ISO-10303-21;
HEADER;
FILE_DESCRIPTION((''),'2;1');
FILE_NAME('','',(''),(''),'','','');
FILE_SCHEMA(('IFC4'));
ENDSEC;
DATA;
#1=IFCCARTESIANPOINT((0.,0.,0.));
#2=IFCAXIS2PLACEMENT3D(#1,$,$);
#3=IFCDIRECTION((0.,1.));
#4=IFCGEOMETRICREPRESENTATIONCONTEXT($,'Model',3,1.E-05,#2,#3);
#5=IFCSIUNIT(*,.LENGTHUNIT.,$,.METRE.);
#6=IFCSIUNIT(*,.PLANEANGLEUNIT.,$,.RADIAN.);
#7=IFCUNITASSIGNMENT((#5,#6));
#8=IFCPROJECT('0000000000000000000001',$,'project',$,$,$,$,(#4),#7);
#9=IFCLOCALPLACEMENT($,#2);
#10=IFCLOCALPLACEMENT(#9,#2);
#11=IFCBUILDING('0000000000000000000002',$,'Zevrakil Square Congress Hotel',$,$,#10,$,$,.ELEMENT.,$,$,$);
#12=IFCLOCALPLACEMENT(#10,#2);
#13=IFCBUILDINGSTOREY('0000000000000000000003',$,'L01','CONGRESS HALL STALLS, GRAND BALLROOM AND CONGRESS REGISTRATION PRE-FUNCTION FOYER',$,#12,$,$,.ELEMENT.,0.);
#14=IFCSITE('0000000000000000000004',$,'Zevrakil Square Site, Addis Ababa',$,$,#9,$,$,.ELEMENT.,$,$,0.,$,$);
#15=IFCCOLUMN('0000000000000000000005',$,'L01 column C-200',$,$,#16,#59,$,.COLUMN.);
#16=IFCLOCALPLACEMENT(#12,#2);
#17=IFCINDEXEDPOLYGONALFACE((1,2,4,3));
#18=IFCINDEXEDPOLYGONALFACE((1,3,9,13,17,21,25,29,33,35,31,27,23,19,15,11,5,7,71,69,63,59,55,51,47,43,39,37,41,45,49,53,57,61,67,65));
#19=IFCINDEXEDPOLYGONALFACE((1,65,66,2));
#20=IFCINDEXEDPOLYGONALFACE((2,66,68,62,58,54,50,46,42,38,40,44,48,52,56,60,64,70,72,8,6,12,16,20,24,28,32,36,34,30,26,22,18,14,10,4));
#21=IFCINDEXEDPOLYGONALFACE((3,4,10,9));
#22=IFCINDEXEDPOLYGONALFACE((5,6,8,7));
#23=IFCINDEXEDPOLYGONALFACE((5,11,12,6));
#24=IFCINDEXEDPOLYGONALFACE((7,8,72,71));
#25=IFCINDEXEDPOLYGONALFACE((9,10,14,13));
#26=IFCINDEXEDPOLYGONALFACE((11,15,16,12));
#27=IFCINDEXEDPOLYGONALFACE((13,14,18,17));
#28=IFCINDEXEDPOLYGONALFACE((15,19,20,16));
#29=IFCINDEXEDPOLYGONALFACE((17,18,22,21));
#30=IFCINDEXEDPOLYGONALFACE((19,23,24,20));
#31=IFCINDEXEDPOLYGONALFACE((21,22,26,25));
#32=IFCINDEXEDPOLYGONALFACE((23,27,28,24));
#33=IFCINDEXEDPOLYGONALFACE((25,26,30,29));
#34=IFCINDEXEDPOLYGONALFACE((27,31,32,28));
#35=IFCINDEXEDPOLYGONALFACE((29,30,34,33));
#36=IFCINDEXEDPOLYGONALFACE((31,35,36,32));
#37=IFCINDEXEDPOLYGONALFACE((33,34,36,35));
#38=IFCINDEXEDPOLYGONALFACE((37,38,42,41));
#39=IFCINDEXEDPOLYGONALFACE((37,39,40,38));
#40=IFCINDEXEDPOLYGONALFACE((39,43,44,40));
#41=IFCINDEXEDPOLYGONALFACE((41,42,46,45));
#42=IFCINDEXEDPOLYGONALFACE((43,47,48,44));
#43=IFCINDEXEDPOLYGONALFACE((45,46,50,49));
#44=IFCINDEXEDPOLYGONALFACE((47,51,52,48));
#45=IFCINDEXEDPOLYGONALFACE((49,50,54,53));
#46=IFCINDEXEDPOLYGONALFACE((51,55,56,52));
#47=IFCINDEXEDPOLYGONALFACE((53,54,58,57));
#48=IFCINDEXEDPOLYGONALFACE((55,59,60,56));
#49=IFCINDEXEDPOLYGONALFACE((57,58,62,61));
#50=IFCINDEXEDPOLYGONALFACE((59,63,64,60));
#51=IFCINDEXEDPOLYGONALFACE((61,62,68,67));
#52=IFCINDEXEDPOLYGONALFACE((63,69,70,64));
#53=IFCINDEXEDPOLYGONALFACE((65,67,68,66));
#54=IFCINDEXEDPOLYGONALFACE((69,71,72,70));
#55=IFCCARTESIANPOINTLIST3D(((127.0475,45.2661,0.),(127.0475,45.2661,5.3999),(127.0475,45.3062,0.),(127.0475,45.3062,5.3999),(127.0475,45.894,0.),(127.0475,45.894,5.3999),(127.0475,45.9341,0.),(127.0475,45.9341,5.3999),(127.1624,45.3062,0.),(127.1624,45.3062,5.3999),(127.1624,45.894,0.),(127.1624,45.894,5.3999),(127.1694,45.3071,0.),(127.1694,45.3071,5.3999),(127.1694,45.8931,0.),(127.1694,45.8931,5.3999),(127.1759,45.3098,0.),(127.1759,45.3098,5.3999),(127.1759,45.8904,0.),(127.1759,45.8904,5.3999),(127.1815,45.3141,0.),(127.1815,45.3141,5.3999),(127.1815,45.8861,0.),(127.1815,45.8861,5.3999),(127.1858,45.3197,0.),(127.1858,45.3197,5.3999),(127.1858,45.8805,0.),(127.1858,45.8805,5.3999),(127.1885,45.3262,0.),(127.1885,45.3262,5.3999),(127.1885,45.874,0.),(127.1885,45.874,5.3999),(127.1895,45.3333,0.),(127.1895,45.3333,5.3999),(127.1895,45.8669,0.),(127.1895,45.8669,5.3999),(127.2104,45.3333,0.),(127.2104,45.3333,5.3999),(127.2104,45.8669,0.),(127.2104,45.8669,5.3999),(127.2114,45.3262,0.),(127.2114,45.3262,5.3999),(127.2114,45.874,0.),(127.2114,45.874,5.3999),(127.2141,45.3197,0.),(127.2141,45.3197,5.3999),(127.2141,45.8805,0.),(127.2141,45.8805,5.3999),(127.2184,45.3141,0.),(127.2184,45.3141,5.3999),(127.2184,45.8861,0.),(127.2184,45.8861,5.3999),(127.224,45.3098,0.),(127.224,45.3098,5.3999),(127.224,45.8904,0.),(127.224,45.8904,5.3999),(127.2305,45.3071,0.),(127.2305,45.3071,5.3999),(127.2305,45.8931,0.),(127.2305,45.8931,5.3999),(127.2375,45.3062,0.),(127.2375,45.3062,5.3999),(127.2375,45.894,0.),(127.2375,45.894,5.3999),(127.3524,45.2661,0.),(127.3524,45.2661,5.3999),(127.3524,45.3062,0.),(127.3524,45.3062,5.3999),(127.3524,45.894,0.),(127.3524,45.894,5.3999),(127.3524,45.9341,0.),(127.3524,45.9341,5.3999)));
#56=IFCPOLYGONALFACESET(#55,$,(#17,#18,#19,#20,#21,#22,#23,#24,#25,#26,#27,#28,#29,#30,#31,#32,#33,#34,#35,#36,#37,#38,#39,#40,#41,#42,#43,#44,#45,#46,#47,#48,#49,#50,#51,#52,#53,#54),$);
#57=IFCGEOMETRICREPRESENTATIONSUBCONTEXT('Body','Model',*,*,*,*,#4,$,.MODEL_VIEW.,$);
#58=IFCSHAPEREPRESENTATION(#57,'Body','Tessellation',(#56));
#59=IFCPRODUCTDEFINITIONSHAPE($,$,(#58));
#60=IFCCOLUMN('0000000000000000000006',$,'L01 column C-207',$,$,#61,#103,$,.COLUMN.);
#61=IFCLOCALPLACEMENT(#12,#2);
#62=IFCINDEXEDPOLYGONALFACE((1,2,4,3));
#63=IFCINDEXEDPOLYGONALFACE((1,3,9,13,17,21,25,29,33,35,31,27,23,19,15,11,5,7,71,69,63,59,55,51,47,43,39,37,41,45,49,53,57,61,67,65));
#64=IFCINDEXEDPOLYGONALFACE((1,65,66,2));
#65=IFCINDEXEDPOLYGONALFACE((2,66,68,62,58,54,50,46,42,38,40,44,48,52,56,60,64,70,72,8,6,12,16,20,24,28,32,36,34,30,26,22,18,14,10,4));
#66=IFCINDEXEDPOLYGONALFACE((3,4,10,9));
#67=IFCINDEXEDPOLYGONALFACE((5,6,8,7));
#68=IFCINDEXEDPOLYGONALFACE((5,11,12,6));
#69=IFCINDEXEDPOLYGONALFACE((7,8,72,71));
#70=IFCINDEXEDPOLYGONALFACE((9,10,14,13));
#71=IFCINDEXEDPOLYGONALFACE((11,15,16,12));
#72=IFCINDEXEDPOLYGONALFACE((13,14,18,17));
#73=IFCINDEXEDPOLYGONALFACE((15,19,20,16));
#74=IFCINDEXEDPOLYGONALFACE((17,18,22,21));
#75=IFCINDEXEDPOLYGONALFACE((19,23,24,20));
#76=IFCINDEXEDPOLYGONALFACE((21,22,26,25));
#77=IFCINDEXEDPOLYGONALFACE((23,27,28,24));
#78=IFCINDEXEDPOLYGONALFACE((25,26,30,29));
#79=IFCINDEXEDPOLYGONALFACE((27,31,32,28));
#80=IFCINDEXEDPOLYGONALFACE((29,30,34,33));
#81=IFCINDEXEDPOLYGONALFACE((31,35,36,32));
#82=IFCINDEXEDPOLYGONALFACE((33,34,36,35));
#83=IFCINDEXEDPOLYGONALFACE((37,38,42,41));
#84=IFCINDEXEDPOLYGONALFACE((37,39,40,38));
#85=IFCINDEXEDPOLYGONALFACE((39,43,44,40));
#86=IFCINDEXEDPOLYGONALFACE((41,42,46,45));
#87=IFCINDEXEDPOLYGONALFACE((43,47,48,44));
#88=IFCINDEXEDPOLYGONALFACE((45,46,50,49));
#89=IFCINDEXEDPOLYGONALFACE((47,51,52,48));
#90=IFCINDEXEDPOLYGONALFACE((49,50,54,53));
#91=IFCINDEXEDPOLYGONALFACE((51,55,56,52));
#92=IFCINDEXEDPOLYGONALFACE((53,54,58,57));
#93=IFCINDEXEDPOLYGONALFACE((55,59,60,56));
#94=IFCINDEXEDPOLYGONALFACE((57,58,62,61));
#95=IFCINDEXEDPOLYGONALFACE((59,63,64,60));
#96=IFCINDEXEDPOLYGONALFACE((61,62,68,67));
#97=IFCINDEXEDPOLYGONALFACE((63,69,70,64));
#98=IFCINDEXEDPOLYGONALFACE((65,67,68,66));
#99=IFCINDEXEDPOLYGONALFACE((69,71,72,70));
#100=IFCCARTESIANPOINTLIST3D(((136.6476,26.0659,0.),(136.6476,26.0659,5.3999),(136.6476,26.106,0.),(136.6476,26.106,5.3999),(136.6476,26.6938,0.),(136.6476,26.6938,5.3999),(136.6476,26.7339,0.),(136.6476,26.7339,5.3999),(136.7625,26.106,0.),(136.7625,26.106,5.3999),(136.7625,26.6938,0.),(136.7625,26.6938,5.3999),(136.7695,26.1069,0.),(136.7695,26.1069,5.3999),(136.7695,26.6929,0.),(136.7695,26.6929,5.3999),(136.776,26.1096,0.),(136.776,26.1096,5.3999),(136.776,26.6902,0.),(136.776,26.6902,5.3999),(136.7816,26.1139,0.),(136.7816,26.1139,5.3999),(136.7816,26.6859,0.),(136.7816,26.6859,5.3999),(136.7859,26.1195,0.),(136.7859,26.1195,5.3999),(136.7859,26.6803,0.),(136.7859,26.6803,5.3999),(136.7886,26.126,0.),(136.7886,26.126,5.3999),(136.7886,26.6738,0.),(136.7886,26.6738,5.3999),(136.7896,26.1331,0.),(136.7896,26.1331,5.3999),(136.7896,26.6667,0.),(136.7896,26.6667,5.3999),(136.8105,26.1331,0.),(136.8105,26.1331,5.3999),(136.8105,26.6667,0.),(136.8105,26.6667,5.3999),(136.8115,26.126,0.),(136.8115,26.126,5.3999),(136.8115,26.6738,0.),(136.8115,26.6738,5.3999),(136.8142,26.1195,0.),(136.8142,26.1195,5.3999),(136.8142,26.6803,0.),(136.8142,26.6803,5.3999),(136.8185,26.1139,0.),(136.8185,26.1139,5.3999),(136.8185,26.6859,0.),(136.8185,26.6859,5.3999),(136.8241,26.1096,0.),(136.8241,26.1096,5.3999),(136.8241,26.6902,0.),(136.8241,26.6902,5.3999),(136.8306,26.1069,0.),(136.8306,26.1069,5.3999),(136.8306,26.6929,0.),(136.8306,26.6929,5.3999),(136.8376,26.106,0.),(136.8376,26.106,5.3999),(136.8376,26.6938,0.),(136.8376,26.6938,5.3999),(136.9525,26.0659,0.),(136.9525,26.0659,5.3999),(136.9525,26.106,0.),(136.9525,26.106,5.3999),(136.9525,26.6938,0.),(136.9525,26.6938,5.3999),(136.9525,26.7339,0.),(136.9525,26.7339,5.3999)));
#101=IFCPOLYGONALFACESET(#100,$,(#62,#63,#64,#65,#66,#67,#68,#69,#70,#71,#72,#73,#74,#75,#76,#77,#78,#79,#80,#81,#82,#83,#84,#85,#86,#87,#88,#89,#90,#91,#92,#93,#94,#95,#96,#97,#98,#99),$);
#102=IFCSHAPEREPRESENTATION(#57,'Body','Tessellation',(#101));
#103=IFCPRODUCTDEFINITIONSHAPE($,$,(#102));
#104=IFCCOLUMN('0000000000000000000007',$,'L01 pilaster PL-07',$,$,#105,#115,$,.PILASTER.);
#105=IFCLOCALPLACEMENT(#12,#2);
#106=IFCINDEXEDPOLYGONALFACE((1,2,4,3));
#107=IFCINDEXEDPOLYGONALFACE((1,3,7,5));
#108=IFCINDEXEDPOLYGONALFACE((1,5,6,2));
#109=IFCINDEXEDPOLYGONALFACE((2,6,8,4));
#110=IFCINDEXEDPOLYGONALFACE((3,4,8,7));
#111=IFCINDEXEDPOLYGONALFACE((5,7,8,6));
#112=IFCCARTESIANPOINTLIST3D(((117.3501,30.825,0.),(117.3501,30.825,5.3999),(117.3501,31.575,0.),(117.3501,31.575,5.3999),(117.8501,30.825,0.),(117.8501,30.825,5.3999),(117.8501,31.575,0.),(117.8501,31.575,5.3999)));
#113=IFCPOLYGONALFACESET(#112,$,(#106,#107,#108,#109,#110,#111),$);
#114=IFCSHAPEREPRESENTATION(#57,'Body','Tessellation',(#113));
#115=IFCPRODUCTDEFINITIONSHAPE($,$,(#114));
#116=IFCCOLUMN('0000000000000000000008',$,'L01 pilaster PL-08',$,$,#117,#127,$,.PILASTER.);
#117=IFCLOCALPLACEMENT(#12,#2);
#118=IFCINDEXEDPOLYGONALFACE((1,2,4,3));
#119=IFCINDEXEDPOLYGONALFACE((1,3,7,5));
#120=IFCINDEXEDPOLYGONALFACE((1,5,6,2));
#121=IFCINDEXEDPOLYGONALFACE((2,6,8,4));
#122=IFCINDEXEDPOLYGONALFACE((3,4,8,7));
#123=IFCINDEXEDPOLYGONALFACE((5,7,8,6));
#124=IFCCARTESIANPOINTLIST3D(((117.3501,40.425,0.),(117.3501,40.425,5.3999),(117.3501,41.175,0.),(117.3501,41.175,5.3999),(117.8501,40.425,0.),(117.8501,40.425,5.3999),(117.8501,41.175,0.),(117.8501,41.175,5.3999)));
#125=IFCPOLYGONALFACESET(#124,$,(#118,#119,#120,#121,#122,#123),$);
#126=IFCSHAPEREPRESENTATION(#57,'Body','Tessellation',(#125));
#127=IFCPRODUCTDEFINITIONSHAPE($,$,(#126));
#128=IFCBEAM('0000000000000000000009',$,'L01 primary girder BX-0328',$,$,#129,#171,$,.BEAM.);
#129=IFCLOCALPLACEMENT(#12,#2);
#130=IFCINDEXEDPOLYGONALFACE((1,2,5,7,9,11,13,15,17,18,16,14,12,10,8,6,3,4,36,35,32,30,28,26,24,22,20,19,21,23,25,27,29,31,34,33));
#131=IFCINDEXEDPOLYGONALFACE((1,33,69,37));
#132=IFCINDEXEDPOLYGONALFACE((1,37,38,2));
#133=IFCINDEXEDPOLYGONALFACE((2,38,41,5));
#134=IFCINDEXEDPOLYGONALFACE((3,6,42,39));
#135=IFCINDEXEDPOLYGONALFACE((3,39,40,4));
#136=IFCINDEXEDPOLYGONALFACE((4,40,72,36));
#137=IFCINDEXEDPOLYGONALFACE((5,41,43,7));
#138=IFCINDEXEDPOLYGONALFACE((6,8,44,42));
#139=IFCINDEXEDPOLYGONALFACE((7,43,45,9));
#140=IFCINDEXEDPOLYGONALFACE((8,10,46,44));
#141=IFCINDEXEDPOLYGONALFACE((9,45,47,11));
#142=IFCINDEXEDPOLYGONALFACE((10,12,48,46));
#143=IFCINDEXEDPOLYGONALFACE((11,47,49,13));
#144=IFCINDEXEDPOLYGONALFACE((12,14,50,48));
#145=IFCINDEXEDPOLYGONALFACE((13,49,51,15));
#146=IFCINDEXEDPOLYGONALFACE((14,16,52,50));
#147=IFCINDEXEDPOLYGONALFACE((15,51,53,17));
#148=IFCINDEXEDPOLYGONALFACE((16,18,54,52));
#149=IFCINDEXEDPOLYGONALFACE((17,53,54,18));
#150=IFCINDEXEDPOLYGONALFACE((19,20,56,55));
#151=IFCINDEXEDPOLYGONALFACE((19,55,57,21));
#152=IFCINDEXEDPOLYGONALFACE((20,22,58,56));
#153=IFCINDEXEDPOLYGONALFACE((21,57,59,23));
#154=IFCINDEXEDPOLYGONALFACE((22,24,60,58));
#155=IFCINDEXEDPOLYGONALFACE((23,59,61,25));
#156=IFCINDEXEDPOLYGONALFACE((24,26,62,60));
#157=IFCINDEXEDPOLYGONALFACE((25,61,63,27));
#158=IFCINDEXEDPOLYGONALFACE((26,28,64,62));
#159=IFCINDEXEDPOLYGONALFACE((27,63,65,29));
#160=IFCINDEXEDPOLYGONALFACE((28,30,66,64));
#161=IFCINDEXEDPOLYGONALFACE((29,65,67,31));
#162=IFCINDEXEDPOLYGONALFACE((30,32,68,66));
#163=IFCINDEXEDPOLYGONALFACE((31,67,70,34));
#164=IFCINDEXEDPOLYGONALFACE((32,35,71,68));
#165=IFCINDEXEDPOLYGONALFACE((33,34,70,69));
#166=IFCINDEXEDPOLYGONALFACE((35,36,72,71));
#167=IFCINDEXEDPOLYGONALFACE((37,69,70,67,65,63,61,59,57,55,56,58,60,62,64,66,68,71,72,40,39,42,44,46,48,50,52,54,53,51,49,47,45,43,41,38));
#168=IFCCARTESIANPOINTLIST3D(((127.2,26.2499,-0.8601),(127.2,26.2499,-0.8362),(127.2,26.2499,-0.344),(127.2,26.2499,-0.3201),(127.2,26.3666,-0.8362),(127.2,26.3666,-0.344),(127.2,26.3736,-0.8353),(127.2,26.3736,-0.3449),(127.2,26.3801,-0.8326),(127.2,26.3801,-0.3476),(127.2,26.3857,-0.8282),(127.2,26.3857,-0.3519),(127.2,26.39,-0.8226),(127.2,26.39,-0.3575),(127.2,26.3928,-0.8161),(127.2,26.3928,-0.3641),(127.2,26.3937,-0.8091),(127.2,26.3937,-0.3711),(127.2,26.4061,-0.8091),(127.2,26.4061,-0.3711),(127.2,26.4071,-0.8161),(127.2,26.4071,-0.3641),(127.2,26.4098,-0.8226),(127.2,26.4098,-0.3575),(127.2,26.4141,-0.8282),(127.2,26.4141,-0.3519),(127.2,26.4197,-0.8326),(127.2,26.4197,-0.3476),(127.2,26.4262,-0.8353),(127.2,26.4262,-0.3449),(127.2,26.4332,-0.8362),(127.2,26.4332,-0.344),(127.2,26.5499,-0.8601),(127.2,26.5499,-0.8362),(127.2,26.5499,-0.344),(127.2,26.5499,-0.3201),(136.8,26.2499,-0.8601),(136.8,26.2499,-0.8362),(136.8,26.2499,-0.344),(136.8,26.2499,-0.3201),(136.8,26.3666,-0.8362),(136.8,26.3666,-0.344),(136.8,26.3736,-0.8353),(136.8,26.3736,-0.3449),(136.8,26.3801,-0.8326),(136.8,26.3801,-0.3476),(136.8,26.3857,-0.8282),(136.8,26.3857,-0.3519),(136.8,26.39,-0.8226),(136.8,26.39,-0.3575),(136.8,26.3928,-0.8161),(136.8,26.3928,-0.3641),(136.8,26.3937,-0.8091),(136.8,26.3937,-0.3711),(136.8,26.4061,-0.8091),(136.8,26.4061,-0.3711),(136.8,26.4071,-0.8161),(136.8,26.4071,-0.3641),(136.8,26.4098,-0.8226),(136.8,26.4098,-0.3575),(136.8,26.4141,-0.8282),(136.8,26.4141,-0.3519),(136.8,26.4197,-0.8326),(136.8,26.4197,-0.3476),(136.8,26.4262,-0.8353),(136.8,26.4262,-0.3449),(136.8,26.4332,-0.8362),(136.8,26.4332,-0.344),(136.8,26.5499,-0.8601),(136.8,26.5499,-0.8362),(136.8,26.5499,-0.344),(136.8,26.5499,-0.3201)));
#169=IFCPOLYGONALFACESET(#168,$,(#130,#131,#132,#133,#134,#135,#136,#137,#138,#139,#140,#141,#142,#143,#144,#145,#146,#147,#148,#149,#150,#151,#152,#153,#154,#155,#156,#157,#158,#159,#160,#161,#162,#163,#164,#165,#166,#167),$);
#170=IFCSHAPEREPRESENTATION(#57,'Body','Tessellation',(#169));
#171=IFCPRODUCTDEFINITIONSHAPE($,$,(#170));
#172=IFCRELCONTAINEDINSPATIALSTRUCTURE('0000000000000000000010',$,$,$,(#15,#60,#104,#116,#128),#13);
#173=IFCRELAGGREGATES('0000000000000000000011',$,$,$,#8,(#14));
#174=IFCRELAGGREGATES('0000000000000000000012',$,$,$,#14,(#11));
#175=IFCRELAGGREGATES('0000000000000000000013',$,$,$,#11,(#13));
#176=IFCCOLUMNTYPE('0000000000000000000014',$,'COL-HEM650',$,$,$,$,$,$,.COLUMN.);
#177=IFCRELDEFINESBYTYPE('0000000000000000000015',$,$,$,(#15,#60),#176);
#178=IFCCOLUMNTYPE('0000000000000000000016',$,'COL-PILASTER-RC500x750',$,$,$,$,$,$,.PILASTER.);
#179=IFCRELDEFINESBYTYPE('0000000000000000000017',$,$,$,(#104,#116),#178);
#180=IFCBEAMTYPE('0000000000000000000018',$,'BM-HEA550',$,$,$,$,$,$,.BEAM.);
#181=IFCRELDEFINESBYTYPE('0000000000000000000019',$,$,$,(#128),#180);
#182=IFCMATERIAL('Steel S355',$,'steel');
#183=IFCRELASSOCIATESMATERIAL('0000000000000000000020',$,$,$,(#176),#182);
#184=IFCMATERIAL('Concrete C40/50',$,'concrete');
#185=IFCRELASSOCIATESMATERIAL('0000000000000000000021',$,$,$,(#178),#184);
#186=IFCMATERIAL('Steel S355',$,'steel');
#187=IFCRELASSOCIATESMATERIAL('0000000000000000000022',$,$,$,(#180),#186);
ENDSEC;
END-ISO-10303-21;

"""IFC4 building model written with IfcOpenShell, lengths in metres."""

from ifc_helpers import new_model, si_unit, direction, frame, origin, origin_2d, place, context, subcontext, project, spatial, rectangle, i_section, extrude, material, material_profile, profile_set, type_object, element, save


model = new_model("IFC4")

# Units and contexts
model_context = context("Model", 3, precision=1e-05, world=origin(), true_north=direction((0.0, 1.0)))
body_context = subcontext(model_context, "Body", "Model", "MODEL_VIEW")
ifc_project = project(units=[si_unit("LENGTHUNIT", "METRE"), si_unit("PLANEANGLEUNIT", "RADIAN")], contexts=[model_context])

# Site, building, storey
site_placement = place(None, origin())
site = spatial("IfcSite", under=ifc_project, at=site_placement, Name="Zevrakil Square Site, Addis Ababa", CompositionType="ELEMENT", RefElevation=0.0)
building_placement = place(site_placement, origin())
building = spatial("IfcBuilding", under=site, at=building_placement, Name="Zevrakil Square Congress Hotel", CompositionType="ELEMENT")
storey_placement = place(building_placement, origin())
storey = spatial("IfcBuildingStorey", under=building, at=storey_placement, Name="L01", Description="CONGRESS HALL STALLS, GRAND BALLROOM AND CONGRESS REGISTRATION PRE-FUNCTION FOYER", CompositionType="ELEMENT", Elevation=0.0)

# Columns
ifc_material_1 = material(Name="Steel S355", Category="steel")
ifc_material_profile_1 = material_profile(ifc_material_1, i_section(OverallWidth=0.3049, OverallDepth=0.668, WebThickness=0.021, FlangeThickness=0.04, FilletRadius=0.0271, at=origin_2d()), Name="HEM 650")
ifc_profile_set_1 = profile_set([ifc_material_profile_1], Name="Steel S355")
column_type_1 = type_object("IfcColumnType", Name="COL-HEM650", PredefinedType="COLUMN", material=ifc_profile_set_1)
for number, where, z_axis, x_axis, name in (
    (1, (127.2, 45.6001, 0.0), (0.0, 0.0, 1.0), (1.0, 0.0, 0.0), "L01 column C-200"),
    (2, (136.8, 26.3999, 0.0), (0.0, 0.0, 1.0), (1.0, 0.0, 0.0), "L01 column C-207"),
):
    element("IfcColumn", number, at=place(storey_placement, frame(where, z_axis=z_axis, x_axis=x_axis)), inside=storey, type_object=column_type_1, Name=name, PredefinedType="COLUMN", context=body_context, shape_type="SweptSolid", body=[
        extrude(i_section(OverallWidth=0.3049, OverallDepth=0.668, WebThickness=0.021, FlangeThickness=0.04, FilletRadius=0.0271, at=origin_2d()), origin(), (0.0, 0.0, 1.0), 5.3999),
    ])
ifc_material_2 = material(Name="Concrete C40/50", Category="concrete")
ifc_material_profile_2 = material_profile(ifc_material_2, rectangle(XDim=0.5, YDim=0.75, at=origin_2d()), Name="RC 500x750")
ifc_profile_set_2 = profile_set([ifc_material_profile_2], Name="Concrete C40/50")
column_type_2 = type_object("IfcColumnType", Name="COL-PILASTER-RC500x750", PredefinedType="PILASTER", material=ifc_profile_set_2)
for number, where, z_axis, x_axis, name in (
    (3, (117.6001, 31.2, 0.0), (0.0, 0.0, 1.0), (1.0, 0.0, 0.0), "L01 pilaster PL-07"),
    (4, (117.6001, 40.8, 0.0), (0.0, 0.0, 1.0), (1.0, 0.0, 0.0), "L01 pilaster PL-08"),
):
    element("IfcColumn", number, at=place(storey_placement, frame(where, z_axis=z_axis, x_axis=x_axis)), inside=storey, type_object=column_type_2, Name=name, PredefinedType="PILASTER", context=body_context, shape_type="SweptSolid", body=[
        extrude(rectangle(XDim=0.5, YDim=0.75, at=origin_2d()), origin(), (0.0, 0.0, 1.0), 5.3999),
    ])

# Beam
ifc_material_3 = material(Name="Steel S355", Category="steel")
ifc_material_profile_3 = material_profile(ifc_material_3, i_section(OverallWidth=0.3, OverallDepth=0.54, WebThickness=0.0125, FlangeThickness=0.0239, FilletRadius=0.0271, at=origin_2d()), Name="HEA 550")
ifc_profile_set_3 = profile_set([ifc_material_profile_3], Name="Steel S355")
beam_type_1 = type_object("IfcBeamType", Name="BM-HEA550", PredefinedType="BEAM", material=ifc_profile_set_3)
beam_1_placement = place(storey_placement, frame((127.2, 26.3999, -0.5901), z_axis=(1.0, 0.0, 0.0), x_axis=(0.0, 1.0, 0.0)))
element("IfcBeam", 5, at=beam_1_placement, inside=storey, type_object=beam_type_1, Name="L01 primary girder BX-0328", PredefinedType="BEAM", context=body_context, shape_type="SweptSolid", body=[
    extrude(i_section(OverallWidth=0.3, OverallDepth=0.54, WebThickness=0.0125, FlangeThickness=0.0239, FilletRadius=0.0271, at=origin_2d()), origin(), (0.0, 0.0, 1.0), 9.6001),
])

save(model, "model.ifc")
